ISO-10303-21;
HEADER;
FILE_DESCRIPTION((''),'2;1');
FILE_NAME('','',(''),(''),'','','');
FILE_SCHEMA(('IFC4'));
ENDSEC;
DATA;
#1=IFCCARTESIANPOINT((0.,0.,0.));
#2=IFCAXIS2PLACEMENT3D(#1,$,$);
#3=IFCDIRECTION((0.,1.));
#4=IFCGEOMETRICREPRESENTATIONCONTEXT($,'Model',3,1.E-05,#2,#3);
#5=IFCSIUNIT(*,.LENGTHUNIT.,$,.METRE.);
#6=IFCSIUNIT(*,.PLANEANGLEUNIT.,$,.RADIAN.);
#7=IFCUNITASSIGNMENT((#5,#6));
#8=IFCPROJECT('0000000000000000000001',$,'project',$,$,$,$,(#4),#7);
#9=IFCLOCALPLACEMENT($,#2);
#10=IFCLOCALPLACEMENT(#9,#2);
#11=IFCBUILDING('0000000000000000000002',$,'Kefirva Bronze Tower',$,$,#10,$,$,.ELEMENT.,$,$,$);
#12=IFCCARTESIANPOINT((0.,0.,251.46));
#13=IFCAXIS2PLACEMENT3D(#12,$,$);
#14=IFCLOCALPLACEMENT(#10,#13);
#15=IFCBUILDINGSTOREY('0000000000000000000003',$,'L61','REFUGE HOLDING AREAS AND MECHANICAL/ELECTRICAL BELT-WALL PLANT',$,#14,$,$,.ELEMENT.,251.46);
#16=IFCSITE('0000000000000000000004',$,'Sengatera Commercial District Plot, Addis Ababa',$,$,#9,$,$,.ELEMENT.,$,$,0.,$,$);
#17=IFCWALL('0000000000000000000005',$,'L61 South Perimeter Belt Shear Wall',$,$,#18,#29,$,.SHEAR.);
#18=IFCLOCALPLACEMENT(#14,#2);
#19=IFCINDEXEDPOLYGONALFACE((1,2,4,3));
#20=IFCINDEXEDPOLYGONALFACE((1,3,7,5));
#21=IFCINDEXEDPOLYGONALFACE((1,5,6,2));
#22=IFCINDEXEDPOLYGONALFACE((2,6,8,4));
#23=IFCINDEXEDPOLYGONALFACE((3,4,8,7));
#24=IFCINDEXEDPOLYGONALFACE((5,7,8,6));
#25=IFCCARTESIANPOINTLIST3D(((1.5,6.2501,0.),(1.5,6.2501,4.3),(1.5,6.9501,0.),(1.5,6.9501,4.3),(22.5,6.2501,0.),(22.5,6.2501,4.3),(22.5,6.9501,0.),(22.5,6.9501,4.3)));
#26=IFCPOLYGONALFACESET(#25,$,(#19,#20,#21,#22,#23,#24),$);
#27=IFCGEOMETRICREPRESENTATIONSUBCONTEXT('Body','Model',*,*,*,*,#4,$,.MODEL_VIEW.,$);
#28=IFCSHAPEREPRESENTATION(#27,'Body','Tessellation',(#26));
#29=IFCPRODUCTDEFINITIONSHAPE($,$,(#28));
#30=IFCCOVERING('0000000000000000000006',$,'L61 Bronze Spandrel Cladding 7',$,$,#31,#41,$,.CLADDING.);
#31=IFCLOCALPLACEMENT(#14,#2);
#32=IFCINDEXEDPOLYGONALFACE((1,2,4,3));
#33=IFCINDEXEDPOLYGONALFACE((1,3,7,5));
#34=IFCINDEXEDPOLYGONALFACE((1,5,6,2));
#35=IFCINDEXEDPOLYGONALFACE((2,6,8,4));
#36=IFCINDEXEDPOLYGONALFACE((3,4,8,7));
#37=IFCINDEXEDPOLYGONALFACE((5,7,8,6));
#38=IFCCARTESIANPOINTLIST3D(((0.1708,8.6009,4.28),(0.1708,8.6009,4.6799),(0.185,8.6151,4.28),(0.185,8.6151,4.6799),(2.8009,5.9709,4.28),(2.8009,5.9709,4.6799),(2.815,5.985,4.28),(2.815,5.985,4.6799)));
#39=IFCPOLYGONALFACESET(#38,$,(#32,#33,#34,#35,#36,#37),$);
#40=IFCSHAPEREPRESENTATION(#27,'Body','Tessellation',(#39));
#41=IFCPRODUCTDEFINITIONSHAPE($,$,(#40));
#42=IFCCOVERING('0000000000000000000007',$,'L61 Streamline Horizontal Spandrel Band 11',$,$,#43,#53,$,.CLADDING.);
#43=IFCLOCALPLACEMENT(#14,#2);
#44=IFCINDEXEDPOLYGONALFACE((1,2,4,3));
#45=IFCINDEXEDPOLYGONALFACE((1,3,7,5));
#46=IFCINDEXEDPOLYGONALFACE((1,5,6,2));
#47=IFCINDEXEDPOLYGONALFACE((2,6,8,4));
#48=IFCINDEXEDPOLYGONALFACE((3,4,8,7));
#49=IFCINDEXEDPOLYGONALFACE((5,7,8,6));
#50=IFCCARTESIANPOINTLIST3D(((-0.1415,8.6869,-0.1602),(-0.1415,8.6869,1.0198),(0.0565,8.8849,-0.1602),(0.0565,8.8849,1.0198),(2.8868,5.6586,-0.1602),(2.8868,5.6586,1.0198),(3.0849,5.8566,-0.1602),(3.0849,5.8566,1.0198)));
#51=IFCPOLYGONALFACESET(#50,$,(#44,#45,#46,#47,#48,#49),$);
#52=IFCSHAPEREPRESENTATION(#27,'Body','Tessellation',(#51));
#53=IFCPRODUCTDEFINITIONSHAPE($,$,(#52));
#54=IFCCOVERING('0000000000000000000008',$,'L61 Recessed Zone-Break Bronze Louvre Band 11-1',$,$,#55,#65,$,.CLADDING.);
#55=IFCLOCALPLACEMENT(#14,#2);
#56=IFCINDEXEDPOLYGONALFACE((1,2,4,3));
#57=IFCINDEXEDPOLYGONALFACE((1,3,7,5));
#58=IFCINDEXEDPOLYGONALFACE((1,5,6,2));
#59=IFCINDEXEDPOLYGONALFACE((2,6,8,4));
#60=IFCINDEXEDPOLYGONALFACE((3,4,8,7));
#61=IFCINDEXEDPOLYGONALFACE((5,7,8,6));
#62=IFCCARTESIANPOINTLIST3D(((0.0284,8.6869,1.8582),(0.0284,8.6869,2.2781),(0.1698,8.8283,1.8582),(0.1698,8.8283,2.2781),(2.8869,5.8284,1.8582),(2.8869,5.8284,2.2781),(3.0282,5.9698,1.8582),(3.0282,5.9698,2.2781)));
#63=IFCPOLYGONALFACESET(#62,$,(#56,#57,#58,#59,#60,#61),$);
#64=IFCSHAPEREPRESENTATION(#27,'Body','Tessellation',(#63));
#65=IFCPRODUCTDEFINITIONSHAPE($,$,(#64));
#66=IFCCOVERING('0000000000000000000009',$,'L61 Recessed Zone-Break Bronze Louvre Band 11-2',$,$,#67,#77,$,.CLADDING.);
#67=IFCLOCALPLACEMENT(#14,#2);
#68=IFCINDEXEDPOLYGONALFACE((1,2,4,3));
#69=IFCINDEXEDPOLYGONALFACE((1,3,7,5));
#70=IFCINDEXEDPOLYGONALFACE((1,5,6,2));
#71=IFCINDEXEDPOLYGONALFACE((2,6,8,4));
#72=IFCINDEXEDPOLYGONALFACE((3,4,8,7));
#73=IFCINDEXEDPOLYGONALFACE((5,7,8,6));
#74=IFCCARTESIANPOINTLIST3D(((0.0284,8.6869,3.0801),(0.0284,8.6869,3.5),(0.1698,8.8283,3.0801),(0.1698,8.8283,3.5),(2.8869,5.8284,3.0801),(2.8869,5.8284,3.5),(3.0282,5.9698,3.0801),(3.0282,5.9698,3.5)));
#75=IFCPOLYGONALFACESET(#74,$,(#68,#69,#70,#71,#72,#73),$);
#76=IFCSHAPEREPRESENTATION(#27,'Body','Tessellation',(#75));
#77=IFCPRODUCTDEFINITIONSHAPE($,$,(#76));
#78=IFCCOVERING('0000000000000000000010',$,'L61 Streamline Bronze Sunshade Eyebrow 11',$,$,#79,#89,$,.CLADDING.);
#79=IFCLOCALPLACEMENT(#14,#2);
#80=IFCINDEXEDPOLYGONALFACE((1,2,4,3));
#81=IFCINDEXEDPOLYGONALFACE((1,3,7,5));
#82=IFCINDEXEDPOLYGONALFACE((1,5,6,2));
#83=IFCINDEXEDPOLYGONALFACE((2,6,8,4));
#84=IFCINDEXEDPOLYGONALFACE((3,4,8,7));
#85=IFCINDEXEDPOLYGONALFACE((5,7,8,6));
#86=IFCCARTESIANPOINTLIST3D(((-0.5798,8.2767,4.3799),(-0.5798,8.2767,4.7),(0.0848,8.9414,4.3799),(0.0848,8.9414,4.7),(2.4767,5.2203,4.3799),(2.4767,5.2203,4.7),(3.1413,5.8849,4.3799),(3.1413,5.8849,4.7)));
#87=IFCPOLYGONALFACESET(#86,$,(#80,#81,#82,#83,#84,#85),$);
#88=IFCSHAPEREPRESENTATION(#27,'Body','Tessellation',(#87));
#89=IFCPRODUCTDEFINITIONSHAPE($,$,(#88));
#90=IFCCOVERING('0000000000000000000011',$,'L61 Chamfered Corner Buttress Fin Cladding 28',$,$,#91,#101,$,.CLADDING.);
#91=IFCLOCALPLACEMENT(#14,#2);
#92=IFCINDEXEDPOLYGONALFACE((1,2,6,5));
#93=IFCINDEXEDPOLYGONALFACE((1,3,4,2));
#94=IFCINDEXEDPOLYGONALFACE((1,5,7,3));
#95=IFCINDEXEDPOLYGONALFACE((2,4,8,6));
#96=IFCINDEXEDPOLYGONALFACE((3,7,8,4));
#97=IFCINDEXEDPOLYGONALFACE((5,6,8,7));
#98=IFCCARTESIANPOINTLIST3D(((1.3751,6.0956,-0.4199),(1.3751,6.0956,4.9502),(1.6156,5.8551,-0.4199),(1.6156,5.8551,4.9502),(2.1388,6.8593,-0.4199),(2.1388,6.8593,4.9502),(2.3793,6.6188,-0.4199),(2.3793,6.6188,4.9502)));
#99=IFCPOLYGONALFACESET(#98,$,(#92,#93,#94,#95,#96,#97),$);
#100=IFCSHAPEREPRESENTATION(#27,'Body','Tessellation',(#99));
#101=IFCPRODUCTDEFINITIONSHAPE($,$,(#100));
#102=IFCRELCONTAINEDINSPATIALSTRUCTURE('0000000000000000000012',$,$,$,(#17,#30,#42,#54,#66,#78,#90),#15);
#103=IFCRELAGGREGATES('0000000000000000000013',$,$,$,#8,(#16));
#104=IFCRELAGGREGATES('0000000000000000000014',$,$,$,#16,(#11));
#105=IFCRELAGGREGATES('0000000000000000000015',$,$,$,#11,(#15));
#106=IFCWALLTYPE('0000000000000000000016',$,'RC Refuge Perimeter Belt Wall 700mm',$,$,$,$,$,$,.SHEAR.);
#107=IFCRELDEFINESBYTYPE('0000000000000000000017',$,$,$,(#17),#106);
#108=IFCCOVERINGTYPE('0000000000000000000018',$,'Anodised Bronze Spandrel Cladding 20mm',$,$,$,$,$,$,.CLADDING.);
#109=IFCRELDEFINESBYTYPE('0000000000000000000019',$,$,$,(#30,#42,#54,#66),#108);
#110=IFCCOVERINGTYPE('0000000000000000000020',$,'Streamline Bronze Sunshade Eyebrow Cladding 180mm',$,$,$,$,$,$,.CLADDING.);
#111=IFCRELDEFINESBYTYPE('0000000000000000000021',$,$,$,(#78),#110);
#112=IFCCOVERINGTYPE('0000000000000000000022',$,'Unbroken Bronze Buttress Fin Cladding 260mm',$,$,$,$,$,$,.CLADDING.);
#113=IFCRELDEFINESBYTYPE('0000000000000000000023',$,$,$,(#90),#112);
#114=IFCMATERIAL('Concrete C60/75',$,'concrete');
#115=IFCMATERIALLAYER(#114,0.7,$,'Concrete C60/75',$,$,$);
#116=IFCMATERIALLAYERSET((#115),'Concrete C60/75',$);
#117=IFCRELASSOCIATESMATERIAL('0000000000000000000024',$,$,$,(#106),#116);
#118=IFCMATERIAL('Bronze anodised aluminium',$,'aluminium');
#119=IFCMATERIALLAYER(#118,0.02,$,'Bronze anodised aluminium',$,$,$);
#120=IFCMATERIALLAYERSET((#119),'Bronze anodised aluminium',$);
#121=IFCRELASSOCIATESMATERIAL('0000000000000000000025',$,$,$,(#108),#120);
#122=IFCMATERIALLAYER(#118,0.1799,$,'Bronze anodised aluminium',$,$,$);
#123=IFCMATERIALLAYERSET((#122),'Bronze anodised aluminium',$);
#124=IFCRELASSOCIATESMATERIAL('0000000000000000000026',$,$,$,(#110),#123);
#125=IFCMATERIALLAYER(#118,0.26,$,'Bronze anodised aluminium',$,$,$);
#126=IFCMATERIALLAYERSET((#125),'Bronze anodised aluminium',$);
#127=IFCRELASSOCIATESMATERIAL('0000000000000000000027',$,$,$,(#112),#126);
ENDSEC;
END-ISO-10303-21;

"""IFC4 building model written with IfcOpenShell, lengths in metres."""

from ifc_helpers import new_model, si_unit, direction, frame, frame_2d, origin, origin_2d, place, context, subcontext, project, spatial, rectangle, extrude, material, layer, layer_set, type_object, element, save


model = new_model("IFC4")

# Units and contexts
model_context = context("Model", 3, precision=1e-05, world=origin(), true_north=direction((0.0, 1.0)))
body_context = subcontext(model_context, "Body", "Model", "MODEL_VIEW")
ifc_project = project(units=[si_unit("LENGTHUNIT", "METRE"), si_unit("PLANEANGLEUNIT", "RADIAN")], contexts=[model_context])

# Site, building, storey
site_placement = place(None, origin())
site = spatial("IfcSite", under=ifc_project, at=site_placement, Name="Sengatera Commercial District Plot, Addis Ababa", CompositionType="ELEMENT", RefElevation=0.0)
building_placement = place(site_placement, origin())
building = spatial("IfcBuilding", under=site, at=building_placement, Name="Kefirva Bronze Tower", CompositionType="ELEMENT")
storey_placement = place(building_placement, frame((0.0, 0.0, 251.46)))
storey = spatial("IfcBuildingStorey", under=building, at=storey_placement, Name="L61", Description="REFUGE HOLDING AREAS AND MECHANICAL/ELECTRICAL BELT-WALL PLANT", CompositionType="ELEMENT", Elevation=251.46)

# Wall
ifc_material_1 = material(Name="Concrete C60/75", Category="concrete")
ifc_layer_1 = layer(ifc_material_1, 0.7, Name="Concrete C60/75")
ifc_layer_set_1 = layer_set([ifc_layer_1], Name="Concrete C60/75")
wall_type_1 = type_object("IfcWallType", Name="RC Refuge Perimeter Belt Wall 700mm", PredefinedType="SHEAR", material=ifc_layer_set_1)
wall_1_placement = place(storey_placement, frame((1.5, 6.6001, 0.0), z_axis=(0.0, 0.0, 1.0), x_axis=(1.0, 0.0, 0.0)))
element("IfcWall", 1, at=wall_1_placement, inside=storey, type_object=wall_type_1, Name="L61 South Perimeter Belt Shear Wall", PredefinedType="SHEAR", context=body_context, shape_type="SweptSolid", body=[
    extrude(rectangle(XDim=21.0, YDim=0.7, at=frame_2d((10.5, 0.0))), origin(), (0.0, 0.0, 1.0), 4.3),
])

# Coverings
ifc_material_2 = material(Name="Bronze anodised aluminium", Category="aluminium")
ifc_layer_2 = layer(ifc_material_2, 0.02, Name="Bronze anodised aluminium")
ifc_layer_set_2 = layer_set([ifc_layer_2], Name="Bronze anodised aluminium")
covering_type_1 = type_object("IfcCoveringType", Name="Anodised Bronze Spandrel Cladding 20mm", PredefinedType="CLADDING", material=ifc_layer_set_2)
covering_1_placement = place(storey_placement, frame((1.4929, 7.293, 4.28), z_axis=(0.0, 0.0, 1.0), x_axis=(0.707107, -0.707107, 0.0)))
element("IfcCovering", 2, at=covering_1_placement, inside=storey, type_object=covering_type_1, Name="L61 Bronze Spandrel Cladding 7", PredefinedType="CLADDING", context=body_context, shape_type="SweptSolid", body=[
    extrude(rectangle(XDim=3.7195, YDim=0.02, at=origin_2d()), origin(), (0.0, 0.0, 1.0), 0.3999),
])
covering_2_placement = place(storey_placement, frame((1.4717, 7.2717, -0.1602), z_axis=(0.0, 0.0, 1.0), x_axis=(0.707107, -0.707107, 0.0)))
element("IfcCovering", 3, at=covering_2_placement, inside=storey, type_object=covering_type_1, Name="L61 Streamline Horizontal Spandrel Band 11", PredefinedType="CLADDING", context=body_context, shape_type="SweptSolid", body=[
    extrude(rectangle(XDim=4.2827, YDim=0.28, at=origin_2d()), origin(), (0.0, 0.0, 1.0), 1.1799),
])
for number, where, z_axis, x_axis, name in (
    (4, (1.5283, 7.3284, 1.8582), (0.0, 0.0, 1.0), (0.707107, -0.707107, 0.0), "L61 Recessed Zone-Break Bronze Louvre Band 11-1"),
    (5, (1.5283, 7.3284, 3.0801), (0.0, 0.0, 1.0), (0.707107, -0.707107, 0.0), "L61 Recessed Zone-Break Bronze Louvre Band 11-2"),
):
    element("IfcCovering", number, at=place(storey_placement, frame(where, z_axis=z_axis, x_axis=x_axis)), inside=storey, type_object=covering_type_1, Name=name, PredefinedType="CLADDING", context=body_context, shape_type="SweptSolid", body=[
        extrude(rectangle(XDim=4.0425, YDim=0.2, at=origin_2d()), origin(), (0.0, 0.0, 1.0), 0.4199),
    ])
ifc_layer_3 = layer(ifc_material_2, 0.1799, Name="Bronze anodised aluminium")
ifc_layer_set_3 = layer_set([ifc_layer_3], Name="Bronze anodised aluminium")
covering_type_2 = type_object("IfcCoveringType", Name="Streamline Bronze Sunshade Eyebrow Cladding 180mm", PredefinedType="CLADDING", material=ifc_layer_set_3)
covering_3_placement = place(storey_placement, frame((1.2808, 7.0808, 4.3799), z_axis=(0.0, 0.0, 1.0), x_axis=(0.707107, -0.707107, 0.0)))
element("IfcCovering", 6, at=covering_3_placement, inside=storey, type_object=covering_type_2, Name="L61 Streamline Bronze Sunshade Eyebrow 11", PredefinedType="CLADDING", context=body_context, shape_type="SweptSolid", body=[
    extrude(rectangle(XDim=4.3225, YDim=0.9399, at=origin_2d()), origin(), (0.0, 0.0, 1.0), 0.3201),
])
ifc_layer_4 = layer(ifc_material_2, 0.26, Name="Bronze anodised aluminium")
ifc_layer_set_4 = layer_set([ifc_layer_4], Name="Bronze anodised aluminium")
covering_type_3 = type_object("IfcCoveringType", Name="Unbroken Bronze Buttress Fin Cladding 260mm", PredefinedType="CLADDING", material=ifc_layer_set_4)
covering_4_placement = place(storey_placement, frame((1.8772, 6.3572, -0.4199), z_axis=(0.0, 0.0, 1.0), x_axis=(0.707107, -0.707107, 0.0)))
element("IfcCovering", 7, at=covering_4_placement, inside=storey, type_object=covering_type_3, Name="L61 Chamfered Corner Buttress Fin Cladding 28", PredefinedType="CLADDING", context=body_context, shape_type="SweptSolid", body=[
    extrude(rectangle(XDim=0.3401, YDim=1.0801, at=origin_2d()), origin(), (0.0, 0.0, 1.0), 5.3701),
])

save(model, "model.ifc")
